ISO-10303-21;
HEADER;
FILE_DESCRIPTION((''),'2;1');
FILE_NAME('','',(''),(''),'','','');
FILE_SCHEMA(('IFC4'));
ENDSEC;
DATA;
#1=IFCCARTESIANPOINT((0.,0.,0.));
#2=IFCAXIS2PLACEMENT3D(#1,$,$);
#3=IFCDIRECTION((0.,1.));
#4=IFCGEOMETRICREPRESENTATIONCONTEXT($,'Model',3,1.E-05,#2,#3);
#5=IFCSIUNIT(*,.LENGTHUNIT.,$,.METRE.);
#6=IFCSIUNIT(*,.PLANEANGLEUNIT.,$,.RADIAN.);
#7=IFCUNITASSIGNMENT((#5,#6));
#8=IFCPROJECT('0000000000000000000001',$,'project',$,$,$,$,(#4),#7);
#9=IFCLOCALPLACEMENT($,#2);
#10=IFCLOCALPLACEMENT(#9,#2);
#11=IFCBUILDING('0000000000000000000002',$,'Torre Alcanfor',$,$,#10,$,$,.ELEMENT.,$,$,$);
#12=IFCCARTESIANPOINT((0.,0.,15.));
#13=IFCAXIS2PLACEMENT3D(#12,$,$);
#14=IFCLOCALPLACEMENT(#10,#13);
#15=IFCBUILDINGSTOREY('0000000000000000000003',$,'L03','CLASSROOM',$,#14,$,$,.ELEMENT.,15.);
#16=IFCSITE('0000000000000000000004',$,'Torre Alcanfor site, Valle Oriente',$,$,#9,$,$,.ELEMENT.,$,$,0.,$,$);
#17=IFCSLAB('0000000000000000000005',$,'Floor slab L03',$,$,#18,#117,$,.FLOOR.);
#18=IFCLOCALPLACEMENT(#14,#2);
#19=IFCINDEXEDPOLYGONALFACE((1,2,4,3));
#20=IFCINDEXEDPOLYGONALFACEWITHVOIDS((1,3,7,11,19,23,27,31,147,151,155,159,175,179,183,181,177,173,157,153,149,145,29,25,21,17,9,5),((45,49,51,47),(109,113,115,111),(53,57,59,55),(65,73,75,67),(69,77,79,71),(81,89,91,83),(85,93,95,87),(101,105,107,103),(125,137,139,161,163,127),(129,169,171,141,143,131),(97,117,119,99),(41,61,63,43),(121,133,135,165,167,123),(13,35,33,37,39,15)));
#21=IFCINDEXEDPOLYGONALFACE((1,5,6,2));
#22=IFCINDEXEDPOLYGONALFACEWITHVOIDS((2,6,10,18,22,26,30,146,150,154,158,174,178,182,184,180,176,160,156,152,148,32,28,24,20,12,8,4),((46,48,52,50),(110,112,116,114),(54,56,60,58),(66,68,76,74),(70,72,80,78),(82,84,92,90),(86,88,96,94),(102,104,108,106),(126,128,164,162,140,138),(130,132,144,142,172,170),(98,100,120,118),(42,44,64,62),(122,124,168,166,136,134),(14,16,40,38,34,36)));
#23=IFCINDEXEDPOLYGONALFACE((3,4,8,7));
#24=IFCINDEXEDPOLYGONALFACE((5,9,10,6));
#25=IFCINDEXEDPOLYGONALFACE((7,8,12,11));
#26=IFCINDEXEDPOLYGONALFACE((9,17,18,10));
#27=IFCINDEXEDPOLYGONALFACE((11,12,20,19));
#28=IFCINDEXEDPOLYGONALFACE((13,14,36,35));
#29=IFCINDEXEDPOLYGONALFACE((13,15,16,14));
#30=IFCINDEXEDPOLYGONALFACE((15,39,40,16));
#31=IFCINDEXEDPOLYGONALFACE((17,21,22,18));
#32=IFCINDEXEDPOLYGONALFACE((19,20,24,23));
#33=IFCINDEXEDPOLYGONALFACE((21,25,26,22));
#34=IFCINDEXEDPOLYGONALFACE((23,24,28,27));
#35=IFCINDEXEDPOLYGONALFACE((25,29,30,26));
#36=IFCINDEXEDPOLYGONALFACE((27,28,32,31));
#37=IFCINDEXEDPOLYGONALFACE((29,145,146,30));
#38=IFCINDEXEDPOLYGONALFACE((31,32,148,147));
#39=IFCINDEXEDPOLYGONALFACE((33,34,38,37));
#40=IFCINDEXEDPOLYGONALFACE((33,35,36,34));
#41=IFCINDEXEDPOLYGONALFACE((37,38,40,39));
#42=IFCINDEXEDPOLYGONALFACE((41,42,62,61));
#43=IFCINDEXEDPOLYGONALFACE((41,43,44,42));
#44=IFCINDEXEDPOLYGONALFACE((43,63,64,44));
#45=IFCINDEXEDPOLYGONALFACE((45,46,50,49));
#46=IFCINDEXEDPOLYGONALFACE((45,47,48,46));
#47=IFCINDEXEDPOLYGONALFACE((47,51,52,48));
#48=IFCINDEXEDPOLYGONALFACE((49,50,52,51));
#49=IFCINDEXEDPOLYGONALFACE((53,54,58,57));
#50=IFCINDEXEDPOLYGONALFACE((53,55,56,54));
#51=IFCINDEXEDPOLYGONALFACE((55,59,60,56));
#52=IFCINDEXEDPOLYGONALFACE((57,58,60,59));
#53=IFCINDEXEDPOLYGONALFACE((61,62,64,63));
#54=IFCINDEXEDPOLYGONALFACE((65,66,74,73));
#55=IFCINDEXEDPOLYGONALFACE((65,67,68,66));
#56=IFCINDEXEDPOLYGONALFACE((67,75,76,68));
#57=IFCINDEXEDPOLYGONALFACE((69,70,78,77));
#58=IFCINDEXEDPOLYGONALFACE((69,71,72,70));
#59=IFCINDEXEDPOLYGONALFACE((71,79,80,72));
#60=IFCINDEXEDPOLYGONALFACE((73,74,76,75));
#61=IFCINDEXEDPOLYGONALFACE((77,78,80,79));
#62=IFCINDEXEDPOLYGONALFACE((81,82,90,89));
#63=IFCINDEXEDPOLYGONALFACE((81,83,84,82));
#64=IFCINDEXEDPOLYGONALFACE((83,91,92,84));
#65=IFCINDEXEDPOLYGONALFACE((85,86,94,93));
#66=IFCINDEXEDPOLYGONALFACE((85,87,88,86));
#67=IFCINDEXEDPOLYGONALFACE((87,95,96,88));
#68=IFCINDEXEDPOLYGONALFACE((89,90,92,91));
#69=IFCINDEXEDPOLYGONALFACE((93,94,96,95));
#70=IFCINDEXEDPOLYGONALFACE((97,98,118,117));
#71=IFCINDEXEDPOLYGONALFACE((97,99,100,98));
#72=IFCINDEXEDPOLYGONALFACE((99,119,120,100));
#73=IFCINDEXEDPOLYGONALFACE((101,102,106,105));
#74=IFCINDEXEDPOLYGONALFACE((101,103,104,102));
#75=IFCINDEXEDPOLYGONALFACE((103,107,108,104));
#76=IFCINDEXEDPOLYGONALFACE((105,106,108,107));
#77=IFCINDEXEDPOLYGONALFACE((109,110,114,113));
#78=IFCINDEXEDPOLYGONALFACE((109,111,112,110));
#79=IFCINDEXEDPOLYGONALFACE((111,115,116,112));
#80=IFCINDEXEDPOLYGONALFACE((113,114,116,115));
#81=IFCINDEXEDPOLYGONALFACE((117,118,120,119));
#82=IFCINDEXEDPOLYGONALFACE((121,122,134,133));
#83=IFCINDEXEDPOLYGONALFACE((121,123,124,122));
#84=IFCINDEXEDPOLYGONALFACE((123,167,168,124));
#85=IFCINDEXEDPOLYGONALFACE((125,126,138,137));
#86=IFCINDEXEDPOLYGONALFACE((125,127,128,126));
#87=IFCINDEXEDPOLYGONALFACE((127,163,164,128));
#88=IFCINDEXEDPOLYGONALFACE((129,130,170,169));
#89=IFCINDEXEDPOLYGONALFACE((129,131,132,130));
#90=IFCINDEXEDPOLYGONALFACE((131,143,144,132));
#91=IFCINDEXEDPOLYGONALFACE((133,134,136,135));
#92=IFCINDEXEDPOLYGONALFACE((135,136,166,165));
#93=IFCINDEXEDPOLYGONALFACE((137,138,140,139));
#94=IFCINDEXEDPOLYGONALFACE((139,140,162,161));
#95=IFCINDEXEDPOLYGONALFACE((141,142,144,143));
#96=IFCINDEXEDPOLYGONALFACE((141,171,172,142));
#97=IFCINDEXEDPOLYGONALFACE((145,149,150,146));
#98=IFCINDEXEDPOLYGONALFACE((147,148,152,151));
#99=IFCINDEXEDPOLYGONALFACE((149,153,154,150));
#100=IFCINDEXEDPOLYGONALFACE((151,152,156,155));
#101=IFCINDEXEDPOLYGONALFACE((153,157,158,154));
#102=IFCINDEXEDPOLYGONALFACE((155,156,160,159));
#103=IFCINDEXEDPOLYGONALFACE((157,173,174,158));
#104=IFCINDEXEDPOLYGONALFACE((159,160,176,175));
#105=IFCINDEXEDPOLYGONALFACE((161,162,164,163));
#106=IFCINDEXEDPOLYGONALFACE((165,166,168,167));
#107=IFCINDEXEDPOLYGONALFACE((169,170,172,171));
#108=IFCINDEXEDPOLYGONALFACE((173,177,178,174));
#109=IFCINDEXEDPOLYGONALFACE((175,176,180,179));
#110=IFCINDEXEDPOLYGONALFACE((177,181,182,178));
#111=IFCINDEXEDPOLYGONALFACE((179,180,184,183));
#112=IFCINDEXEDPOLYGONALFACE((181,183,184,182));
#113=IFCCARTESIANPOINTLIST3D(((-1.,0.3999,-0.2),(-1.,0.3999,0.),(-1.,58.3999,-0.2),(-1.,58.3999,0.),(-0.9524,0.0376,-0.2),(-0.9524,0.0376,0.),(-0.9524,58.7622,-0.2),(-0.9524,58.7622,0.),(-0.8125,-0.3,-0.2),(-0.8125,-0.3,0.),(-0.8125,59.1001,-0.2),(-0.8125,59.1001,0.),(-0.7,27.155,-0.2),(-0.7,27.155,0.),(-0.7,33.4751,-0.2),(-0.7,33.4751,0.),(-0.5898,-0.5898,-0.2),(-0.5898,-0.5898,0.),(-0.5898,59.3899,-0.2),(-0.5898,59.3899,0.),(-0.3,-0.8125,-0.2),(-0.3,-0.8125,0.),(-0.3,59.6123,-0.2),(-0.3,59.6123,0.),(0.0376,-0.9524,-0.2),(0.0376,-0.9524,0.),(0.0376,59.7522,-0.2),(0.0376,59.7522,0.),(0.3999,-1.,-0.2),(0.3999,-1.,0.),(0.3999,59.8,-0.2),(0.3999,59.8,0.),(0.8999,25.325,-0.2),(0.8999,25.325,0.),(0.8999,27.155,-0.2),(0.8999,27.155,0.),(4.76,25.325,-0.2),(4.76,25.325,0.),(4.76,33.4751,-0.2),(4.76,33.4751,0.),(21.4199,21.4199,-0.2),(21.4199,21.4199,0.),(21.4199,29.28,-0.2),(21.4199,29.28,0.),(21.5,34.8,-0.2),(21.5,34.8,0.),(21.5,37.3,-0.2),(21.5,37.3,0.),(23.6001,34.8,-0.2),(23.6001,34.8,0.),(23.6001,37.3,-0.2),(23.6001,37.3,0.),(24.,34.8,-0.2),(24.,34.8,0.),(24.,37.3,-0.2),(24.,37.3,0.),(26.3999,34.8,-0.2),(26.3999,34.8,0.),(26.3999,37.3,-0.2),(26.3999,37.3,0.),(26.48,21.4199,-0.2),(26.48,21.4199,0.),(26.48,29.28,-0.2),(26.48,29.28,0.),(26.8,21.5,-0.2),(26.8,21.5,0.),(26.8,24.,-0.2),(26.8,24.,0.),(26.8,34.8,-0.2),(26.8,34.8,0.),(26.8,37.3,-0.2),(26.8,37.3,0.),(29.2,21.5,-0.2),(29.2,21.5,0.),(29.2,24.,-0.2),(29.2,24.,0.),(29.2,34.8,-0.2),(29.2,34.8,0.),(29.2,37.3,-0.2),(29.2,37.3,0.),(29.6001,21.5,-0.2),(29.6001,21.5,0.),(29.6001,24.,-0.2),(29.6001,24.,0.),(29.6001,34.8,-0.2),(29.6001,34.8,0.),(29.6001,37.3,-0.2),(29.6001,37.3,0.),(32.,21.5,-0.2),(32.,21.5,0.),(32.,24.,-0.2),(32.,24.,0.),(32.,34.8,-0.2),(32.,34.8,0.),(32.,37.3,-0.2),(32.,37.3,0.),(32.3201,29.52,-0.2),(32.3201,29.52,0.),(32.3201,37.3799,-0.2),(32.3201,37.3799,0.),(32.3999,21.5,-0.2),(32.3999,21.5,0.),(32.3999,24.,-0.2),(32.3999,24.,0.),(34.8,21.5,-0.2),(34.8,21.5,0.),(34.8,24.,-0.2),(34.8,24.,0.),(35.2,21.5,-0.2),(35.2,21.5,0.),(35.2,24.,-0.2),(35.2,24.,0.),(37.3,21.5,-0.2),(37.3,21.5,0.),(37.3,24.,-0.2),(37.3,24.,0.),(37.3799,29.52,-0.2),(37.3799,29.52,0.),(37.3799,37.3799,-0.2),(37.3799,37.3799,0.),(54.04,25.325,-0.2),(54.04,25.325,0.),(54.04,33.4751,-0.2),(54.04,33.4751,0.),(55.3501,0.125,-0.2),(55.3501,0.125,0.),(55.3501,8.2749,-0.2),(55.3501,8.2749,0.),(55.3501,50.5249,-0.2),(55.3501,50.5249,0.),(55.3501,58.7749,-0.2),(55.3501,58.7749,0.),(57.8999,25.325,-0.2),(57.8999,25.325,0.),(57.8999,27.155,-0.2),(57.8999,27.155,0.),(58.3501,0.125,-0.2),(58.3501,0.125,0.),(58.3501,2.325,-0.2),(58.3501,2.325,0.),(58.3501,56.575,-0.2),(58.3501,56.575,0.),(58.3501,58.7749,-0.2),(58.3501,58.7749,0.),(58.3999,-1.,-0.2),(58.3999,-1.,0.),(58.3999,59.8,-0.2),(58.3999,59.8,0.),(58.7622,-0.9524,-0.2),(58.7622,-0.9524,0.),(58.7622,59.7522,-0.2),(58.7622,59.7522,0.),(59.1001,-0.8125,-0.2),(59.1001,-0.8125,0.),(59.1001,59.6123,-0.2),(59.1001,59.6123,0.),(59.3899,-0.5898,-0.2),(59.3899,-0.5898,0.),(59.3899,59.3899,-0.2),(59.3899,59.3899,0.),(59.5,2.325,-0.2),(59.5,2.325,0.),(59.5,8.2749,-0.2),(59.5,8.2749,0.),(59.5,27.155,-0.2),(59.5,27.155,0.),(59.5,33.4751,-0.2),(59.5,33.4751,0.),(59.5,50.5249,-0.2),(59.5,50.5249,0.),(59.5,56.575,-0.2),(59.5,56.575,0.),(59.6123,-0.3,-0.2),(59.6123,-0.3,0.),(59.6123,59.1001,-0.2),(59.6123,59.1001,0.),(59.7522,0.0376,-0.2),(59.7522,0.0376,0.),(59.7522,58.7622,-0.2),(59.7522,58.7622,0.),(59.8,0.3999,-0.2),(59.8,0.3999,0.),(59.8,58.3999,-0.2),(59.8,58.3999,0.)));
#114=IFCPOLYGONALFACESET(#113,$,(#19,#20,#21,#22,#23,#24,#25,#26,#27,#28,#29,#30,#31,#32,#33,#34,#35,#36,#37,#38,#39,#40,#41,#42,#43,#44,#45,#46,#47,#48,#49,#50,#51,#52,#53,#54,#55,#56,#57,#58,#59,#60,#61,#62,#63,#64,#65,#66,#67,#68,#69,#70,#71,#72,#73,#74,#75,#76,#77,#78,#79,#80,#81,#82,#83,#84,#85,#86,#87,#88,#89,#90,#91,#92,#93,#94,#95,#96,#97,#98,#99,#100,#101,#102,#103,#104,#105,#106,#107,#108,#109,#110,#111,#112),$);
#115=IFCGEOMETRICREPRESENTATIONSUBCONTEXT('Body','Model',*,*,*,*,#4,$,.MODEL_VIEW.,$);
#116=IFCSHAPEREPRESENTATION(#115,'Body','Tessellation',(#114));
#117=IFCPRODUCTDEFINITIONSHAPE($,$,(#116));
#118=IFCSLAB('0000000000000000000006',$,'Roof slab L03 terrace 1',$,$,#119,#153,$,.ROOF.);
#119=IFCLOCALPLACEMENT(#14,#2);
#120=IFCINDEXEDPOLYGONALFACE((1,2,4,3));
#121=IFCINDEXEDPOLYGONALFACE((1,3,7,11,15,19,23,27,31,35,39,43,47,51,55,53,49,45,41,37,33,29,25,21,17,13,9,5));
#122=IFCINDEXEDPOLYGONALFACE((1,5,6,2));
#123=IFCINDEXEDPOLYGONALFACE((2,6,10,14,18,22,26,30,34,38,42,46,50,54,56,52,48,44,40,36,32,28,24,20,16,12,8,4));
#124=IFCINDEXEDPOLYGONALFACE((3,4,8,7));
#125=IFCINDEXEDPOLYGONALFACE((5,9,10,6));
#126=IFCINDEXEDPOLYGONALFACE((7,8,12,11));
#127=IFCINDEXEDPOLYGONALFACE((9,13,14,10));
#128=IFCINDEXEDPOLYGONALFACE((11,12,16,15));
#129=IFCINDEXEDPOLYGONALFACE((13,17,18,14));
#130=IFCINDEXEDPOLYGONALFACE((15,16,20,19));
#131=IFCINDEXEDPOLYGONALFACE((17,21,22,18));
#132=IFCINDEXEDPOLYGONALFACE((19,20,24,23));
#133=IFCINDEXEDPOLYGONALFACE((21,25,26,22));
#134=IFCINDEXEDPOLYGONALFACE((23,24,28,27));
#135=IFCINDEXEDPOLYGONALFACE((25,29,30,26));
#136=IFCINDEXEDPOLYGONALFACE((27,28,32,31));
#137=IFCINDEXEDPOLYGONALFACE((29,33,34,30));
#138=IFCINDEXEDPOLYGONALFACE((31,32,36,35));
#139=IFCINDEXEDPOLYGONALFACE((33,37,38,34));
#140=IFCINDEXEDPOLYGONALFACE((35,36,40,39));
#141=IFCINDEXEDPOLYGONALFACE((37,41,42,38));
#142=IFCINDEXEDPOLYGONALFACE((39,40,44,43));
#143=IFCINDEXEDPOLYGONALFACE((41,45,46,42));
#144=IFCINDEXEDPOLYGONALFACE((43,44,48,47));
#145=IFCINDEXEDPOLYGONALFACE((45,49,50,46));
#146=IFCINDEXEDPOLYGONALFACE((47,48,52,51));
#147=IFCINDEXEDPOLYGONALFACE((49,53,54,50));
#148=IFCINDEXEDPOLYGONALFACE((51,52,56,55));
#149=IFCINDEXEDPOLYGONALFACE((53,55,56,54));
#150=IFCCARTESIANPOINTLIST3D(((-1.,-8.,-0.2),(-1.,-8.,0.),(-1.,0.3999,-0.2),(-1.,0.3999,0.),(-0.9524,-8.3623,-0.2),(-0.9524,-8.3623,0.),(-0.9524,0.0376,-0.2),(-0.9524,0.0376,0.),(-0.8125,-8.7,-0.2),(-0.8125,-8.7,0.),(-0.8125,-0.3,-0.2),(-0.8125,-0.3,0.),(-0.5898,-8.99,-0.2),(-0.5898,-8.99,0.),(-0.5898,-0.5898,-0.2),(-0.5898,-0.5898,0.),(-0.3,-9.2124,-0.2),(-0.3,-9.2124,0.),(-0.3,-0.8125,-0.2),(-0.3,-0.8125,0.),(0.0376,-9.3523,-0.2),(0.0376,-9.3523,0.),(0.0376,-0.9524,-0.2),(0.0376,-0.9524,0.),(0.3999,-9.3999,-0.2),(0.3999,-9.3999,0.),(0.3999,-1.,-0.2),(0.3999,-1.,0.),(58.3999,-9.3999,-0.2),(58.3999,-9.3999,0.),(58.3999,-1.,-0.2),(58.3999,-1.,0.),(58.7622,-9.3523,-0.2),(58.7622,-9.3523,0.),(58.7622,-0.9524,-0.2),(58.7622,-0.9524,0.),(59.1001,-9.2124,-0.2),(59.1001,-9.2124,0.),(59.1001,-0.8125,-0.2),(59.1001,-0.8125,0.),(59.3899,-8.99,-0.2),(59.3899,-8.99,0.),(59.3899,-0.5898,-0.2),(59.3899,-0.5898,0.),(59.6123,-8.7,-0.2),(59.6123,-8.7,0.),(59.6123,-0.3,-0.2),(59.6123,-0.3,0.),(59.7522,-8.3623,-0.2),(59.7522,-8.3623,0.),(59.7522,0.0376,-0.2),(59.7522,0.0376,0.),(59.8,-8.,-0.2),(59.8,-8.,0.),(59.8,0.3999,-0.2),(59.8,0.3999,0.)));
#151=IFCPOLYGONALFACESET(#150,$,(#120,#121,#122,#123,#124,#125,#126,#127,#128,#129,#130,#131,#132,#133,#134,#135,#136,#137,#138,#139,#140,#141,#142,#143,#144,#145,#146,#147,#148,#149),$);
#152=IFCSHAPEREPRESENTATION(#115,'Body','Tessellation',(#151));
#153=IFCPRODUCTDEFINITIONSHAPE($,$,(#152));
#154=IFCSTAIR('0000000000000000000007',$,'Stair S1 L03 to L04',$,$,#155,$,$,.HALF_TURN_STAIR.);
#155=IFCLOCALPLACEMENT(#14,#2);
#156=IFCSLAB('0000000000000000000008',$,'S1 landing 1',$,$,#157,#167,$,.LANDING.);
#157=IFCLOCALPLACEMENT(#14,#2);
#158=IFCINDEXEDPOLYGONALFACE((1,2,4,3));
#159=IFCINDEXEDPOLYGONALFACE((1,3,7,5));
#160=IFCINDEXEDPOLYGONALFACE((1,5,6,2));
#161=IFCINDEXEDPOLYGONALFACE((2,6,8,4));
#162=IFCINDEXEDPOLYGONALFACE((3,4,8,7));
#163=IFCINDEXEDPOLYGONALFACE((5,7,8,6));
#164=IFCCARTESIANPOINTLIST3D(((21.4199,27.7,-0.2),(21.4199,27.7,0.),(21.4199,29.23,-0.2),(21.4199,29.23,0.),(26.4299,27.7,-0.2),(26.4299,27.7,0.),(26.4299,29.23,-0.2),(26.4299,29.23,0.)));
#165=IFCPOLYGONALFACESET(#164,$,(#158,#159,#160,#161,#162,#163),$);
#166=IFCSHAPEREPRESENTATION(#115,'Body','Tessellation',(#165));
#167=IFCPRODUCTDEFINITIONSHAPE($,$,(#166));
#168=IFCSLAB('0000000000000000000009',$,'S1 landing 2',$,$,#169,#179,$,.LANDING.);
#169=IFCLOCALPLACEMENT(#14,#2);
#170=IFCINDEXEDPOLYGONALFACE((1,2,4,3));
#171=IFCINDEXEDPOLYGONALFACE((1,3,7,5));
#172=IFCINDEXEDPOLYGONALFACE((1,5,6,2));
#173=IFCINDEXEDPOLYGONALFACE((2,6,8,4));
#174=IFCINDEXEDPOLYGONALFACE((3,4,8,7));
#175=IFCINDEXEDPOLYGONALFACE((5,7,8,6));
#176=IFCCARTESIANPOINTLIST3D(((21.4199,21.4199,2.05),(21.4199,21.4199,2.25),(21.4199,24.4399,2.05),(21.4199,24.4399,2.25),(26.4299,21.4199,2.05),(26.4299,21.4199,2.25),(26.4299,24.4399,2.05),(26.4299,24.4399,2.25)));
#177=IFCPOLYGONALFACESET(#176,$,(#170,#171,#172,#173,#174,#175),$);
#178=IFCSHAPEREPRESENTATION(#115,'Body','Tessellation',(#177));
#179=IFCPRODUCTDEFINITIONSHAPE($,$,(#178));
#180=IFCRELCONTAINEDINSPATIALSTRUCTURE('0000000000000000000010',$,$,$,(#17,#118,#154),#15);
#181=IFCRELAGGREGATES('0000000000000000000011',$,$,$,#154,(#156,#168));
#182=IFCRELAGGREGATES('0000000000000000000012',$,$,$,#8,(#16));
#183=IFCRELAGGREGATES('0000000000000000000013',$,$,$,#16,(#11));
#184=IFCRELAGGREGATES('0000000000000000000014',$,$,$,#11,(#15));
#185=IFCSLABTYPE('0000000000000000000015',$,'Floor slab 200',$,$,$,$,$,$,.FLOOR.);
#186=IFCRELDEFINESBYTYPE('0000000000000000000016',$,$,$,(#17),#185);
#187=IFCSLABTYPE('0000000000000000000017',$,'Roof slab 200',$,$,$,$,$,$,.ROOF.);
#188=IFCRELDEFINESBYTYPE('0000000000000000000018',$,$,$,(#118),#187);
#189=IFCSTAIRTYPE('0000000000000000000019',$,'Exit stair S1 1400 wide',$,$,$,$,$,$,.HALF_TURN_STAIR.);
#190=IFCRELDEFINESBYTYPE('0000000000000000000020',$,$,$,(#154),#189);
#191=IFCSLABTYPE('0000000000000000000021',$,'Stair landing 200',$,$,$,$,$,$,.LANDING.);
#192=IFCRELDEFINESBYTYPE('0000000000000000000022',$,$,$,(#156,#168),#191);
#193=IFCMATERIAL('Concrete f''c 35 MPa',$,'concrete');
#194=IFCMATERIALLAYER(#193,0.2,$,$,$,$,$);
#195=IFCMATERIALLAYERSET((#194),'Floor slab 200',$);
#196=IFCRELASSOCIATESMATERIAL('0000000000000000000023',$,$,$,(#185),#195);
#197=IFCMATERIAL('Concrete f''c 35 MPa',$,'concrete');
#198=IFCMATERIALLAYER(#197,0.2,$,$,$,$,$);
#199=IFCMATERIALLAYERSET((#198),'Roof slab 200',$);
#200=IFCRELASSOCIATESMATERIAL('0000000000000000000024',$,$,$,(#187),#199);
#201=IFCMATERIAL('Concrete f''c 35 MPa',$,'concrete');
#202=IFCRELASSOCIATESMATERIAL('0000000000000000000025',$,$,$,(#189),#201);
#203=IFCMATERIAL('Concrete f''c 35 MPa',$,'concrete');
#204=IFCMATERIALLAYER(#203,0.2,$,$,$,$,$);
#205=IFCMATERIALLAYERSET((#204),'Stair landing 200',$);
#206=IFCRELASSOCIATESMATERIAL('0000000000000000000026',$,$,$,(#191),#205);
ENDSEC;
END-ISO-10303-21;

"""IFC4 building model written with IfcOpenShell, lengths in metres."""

from ifc_helpers import new_model, si_unit, direction, frame, origin, place, context, subcontext, project, spatial, polyline, outline, extrude, material, layer, layer_set, type_object, element, aggregate, save


model = new_model("IFC4")

# Units and contexts
model_context = context("Model", 3, precision=1e-05, world=origin(), true_north=direction((0.0, 1.0)))
body_context = subcontext(model_context, "Body", "Model", "MODEL_VIEW")
ifc_project = project(units=[si_unit("LENGTHUNIT", "METRE"), si_unit("PLANEANGLEUNIT", "RADIAN")], contexts=[model_context])

# Site, building, storey
site_placement = place(None, origin())
site = spatial("IfcSite", under=ifc_project, at=site_placement, Name="Torre Alcanfor site, Valle Oriente", CompositionType="ELEMENT", RefElevation=0.0)
building_placement = place(site_placement, origin())
building = spatial("IfcBuilding", under=site, at=building_placement, Name="Torre Alcanfor", CompositionType="ELEMENT")
storey_placement = place(building_placement, frame((0.0, 0.0, 15.0)))
storey = spatial("IfcBuildingStorey", under=building, at=storey_placement, Name="L03", Description="CLASSROOM", CompositionType="ELEMENT", Elevation=15.0)

# Slabs
ifc_material_1 = material(Name="Concrete f'c 35 MPa", Category="concrete")
ifc_layer_1 = layer(ifc_material_1, 0.2)
ifc_layer_set_1 = layer_set([ifc_layer_1], Name="Floor slab 200")
slab_type_1 = type_object("IfcSlabType", Name="Floor slab 200", PredefinedType="FLOOR", material=ifc_layer_set_1)
slab_1_placement = place(storey_placement, frame((0.0, 0.0, -0.2)))
element("IfcSlab", 1, at=slab_1_placement, inside=storey, type_object=slab_type_1, Name="Floor slab L03", PredefinedType="FLOOR", context=body_context, shape_type="SweptSolid", body=[
    extrude(outline(polyline([(58.3999, -1.0), (58.7622, -0.9524), (59.1001, -0.8125), (59.3899, -0.5898), (59.6123, -0.3), (59.7522, 0.0376), (59.8, 0.3999), (59.8, 58.3999), (59.7522, 58.7622), (59.6123, 59.1001), (59.3899, 59.3899), (59.1001, 59.6123), (58.7622, 59.7522), (58.3999, 59.8), (0.3999, 59.8), (0.0376, 59.7522), (-0.3, 59.6123), (-0.5898, 59.3899), (-0.8125, 59.1001), (-0.9524, 58.7622), (-1.0, 58.3999), (-1.0, 0.3999), (-0.9524, 0.0376), (-0.8125, -0.3), (-0.5898, -0.5898), (-0.3, -0.8125), (0.0376, -0.9524), (0.3999, -1.0), (58.3999, -1.0)]), holes=[polyline([(21.4199, 21.4199), (26.48, 21.4199), (26.48, 29.28), (21.4199, 29.28), (21.4199, 21.4199)]), polyline([(32.3201, 29.52), (37.3799, 29.52), (37.3799, 37.3799), (32.3201, 37.3799), (32.3201, 29.52)]), polyline([(26.8, 21.5), (29.2, 21.5), (29.2, 24.0), (26.8, 24.0), (26.8, 21.5)]), polyline([(29.6001, 21.5), (32.0, 21.5), (32.0, 24.0), (29.6001, 24.0), (29.6001, 21.5)]), polyline([(32.3999, 21.5), (34.8, 21.5), (34.8, 24.0), (32.3999, 24.0), (32.3999, 21.5)]), polyline([(35.2, 21.5), (37.3, 21.5), (37.3, 24.0), (35.2, 24.0), (35.2, 21.5)]), polyline([(21.5, 34.8), (23.6001, 34.8), (23.6001, 37.3), (21.5, 37.3), (21.5, 34.8)]), polyline([(24.0, 34.8), (26.3999, 34.8), (26.3999, 37.3), (24.0, 37.3), (24.0, 34.8)]), polyline([(26.8, 34.8), (29.2, 34.8), (29.2, 37.3), (26.8, 37.3), (26.8, 34.8)]), polyline([(29.6001, 34.8), (32.0, 34.8), (32.0, 37.3), (29.6001, 37.3), (29.6001, 34.8)]), polyline([(4.76, 25.325), (0.8999, 25.325), (0.8999, 27.155), (-0.7, 27.155), (-0.7, 33.4751), (4.76, 33.4751), (4.76, 25.325)]), polyline([(57.8999, 25.325), (54.04, 25.325), (54.04, 33.4751), (59.5, 33.4751), (59.5, 27.155), (57.8999, 27.155), (57.8999, 25.325)]), polyline([(58.3501, 0.125), (55.3501, 0.125), (55.3501, 8.2749), (59.5, 8.2749), (59.5, 2.325), (58.3501, 2.325), (58.3501, 0.125)]), polyline([(59.5, 56.575), (59.5, 50.5249), (55.3501, 50.5249), (55.3501, 58.7749), (58.3501, 58.7749), (58.3501, 56.575), (59.5, 56.575)])]), origin(), (0.0, 0.0, 1.0), 0.2),
])
ifc_material_2 = material(Name="Concrete f'c 35 MPa", Category="concrete")
ifc_layer_2 = layer(ifc_material_2, 0.2)
ifc_layer_set_2 = layer_set([ifc_layer_2], Name="Roof slab 200")
slab_type_2 = type_object("IfcSlabType", Name="Roof slab 200", PredefinedType="ROOF", material=ifc_layer_set_2)
slab_2_placement = place(storey_placement, frame((0.0, 0.0, -0.2)))
element("IfcSlab", 2, at=slab_2_placement, inside=storey, type_object=slab_type_2, Name="Roof slab L03 terrace 1", PredefinedType="ROOF", context=body_context, shape_type="SweptSolid", body=[
    extrude(outline(polyline([(59.8, 0.3999), (59.7522, 0.0376), (59.6123, -0.3), (59.3899, -0.5898), (59.1001, -0.8125), (58.7622, -0.9524), (58.3999, -1.0), (0.3999, -1.0), (0.0376, -0.9524), (-0.3, -0.8125), (-0.5898, -0.5898), (-0.8125, -0.3), (-0.9524, 0.0376), (-1.0, 0.3999), (-1.0, -8.0), (-0.9524, -8.3623), (-0.8125, -8.7), (-0.5898, -8.99), (-0.3, -9.2124), (0.0376, -9.3523), (0.3999, -9.3999), (58.3999, -9.3999), (58.7622, -9.3523), (59.1001, -9.2124), (59.3899, -8.99), (59.6123, -8.7), (59.7522, -8.3623), (59.8, -8.0), (59.8, 0.3999)])), origin(), (0.0, 0.0, 1.0), 0.2),
])

# Stair, slabs
ifc_material_3 = material(Name="Concrete f'c 35 MPa", Category="concrete")
stair_type_1 = type_object("IfcStairType", Name="Exit stair S1 1400 wide", PredefinedType="HALF_TURN_STAIR", material=ifc_material_3)
stair_1_placement = place(storey_placement, origin())
stair_1 = element("IfcStair", 3, at=stair_1_placement, inside=storey, type_object=stair_type_1, Name="Stair S1 L03 to L04", PredefinedType="HALF_TURN_STAIR")
ifc_material_4 = material(Name="Concrete f'c 35 MPa", Category="concrete")
ifc_layer_3 = layer(ifc_material_4, 0.2)
ifc_layer_set_3 = layer_set([ifc_layer_3], Name="Stair landing 200")
slab_type_3 = type_object("IfcSlabType", Name="Stair landing 200", PredefinedType="LANDING", material=ifc_layer_set_3)
slab_3_placement = place(storey_placement, frame((0.0, 0.0, -0.2)))
slab_3 = element("IfcSlab", 4, at=slab_3_placement, type_object=slab_type_3, Name="S1 landing 1", PredefinedType="LANDING", context=body_context, shape_type="SweptSolid", body=[
    extrude(outline(polyline([(21.4199, 27.7), (26.4299, 27.7), (26.4299, 29.23), (21.4199, 29.23), (21.4199, 27.7)])), origin(), (0.0, 0.0, 1.0), 0.2),
])
slab_4_placement = place(storey_placement, frame((0.0, 0.0, 2.05)))
slab_4 = element("IfcSlab", 5, at=slab_4_placement, type_object=slab_type_3, Name="S1 landing 2", PredefinedType="LANDING", context=body_context, shape_type="SweptSolid", body=[
    extrude(outline(polyline([(21.4199, 21.4199), (26.4299, 21.4199), (26.4299, 24.4399), (21.4199, 24.4399), (21.4199, 21.4199)])), origin(), (0.0, 0.0, 1.0), 0.2),
])
aggregate(stair_1, [slab_3, slab_4])

save(model, "model.ifc")
